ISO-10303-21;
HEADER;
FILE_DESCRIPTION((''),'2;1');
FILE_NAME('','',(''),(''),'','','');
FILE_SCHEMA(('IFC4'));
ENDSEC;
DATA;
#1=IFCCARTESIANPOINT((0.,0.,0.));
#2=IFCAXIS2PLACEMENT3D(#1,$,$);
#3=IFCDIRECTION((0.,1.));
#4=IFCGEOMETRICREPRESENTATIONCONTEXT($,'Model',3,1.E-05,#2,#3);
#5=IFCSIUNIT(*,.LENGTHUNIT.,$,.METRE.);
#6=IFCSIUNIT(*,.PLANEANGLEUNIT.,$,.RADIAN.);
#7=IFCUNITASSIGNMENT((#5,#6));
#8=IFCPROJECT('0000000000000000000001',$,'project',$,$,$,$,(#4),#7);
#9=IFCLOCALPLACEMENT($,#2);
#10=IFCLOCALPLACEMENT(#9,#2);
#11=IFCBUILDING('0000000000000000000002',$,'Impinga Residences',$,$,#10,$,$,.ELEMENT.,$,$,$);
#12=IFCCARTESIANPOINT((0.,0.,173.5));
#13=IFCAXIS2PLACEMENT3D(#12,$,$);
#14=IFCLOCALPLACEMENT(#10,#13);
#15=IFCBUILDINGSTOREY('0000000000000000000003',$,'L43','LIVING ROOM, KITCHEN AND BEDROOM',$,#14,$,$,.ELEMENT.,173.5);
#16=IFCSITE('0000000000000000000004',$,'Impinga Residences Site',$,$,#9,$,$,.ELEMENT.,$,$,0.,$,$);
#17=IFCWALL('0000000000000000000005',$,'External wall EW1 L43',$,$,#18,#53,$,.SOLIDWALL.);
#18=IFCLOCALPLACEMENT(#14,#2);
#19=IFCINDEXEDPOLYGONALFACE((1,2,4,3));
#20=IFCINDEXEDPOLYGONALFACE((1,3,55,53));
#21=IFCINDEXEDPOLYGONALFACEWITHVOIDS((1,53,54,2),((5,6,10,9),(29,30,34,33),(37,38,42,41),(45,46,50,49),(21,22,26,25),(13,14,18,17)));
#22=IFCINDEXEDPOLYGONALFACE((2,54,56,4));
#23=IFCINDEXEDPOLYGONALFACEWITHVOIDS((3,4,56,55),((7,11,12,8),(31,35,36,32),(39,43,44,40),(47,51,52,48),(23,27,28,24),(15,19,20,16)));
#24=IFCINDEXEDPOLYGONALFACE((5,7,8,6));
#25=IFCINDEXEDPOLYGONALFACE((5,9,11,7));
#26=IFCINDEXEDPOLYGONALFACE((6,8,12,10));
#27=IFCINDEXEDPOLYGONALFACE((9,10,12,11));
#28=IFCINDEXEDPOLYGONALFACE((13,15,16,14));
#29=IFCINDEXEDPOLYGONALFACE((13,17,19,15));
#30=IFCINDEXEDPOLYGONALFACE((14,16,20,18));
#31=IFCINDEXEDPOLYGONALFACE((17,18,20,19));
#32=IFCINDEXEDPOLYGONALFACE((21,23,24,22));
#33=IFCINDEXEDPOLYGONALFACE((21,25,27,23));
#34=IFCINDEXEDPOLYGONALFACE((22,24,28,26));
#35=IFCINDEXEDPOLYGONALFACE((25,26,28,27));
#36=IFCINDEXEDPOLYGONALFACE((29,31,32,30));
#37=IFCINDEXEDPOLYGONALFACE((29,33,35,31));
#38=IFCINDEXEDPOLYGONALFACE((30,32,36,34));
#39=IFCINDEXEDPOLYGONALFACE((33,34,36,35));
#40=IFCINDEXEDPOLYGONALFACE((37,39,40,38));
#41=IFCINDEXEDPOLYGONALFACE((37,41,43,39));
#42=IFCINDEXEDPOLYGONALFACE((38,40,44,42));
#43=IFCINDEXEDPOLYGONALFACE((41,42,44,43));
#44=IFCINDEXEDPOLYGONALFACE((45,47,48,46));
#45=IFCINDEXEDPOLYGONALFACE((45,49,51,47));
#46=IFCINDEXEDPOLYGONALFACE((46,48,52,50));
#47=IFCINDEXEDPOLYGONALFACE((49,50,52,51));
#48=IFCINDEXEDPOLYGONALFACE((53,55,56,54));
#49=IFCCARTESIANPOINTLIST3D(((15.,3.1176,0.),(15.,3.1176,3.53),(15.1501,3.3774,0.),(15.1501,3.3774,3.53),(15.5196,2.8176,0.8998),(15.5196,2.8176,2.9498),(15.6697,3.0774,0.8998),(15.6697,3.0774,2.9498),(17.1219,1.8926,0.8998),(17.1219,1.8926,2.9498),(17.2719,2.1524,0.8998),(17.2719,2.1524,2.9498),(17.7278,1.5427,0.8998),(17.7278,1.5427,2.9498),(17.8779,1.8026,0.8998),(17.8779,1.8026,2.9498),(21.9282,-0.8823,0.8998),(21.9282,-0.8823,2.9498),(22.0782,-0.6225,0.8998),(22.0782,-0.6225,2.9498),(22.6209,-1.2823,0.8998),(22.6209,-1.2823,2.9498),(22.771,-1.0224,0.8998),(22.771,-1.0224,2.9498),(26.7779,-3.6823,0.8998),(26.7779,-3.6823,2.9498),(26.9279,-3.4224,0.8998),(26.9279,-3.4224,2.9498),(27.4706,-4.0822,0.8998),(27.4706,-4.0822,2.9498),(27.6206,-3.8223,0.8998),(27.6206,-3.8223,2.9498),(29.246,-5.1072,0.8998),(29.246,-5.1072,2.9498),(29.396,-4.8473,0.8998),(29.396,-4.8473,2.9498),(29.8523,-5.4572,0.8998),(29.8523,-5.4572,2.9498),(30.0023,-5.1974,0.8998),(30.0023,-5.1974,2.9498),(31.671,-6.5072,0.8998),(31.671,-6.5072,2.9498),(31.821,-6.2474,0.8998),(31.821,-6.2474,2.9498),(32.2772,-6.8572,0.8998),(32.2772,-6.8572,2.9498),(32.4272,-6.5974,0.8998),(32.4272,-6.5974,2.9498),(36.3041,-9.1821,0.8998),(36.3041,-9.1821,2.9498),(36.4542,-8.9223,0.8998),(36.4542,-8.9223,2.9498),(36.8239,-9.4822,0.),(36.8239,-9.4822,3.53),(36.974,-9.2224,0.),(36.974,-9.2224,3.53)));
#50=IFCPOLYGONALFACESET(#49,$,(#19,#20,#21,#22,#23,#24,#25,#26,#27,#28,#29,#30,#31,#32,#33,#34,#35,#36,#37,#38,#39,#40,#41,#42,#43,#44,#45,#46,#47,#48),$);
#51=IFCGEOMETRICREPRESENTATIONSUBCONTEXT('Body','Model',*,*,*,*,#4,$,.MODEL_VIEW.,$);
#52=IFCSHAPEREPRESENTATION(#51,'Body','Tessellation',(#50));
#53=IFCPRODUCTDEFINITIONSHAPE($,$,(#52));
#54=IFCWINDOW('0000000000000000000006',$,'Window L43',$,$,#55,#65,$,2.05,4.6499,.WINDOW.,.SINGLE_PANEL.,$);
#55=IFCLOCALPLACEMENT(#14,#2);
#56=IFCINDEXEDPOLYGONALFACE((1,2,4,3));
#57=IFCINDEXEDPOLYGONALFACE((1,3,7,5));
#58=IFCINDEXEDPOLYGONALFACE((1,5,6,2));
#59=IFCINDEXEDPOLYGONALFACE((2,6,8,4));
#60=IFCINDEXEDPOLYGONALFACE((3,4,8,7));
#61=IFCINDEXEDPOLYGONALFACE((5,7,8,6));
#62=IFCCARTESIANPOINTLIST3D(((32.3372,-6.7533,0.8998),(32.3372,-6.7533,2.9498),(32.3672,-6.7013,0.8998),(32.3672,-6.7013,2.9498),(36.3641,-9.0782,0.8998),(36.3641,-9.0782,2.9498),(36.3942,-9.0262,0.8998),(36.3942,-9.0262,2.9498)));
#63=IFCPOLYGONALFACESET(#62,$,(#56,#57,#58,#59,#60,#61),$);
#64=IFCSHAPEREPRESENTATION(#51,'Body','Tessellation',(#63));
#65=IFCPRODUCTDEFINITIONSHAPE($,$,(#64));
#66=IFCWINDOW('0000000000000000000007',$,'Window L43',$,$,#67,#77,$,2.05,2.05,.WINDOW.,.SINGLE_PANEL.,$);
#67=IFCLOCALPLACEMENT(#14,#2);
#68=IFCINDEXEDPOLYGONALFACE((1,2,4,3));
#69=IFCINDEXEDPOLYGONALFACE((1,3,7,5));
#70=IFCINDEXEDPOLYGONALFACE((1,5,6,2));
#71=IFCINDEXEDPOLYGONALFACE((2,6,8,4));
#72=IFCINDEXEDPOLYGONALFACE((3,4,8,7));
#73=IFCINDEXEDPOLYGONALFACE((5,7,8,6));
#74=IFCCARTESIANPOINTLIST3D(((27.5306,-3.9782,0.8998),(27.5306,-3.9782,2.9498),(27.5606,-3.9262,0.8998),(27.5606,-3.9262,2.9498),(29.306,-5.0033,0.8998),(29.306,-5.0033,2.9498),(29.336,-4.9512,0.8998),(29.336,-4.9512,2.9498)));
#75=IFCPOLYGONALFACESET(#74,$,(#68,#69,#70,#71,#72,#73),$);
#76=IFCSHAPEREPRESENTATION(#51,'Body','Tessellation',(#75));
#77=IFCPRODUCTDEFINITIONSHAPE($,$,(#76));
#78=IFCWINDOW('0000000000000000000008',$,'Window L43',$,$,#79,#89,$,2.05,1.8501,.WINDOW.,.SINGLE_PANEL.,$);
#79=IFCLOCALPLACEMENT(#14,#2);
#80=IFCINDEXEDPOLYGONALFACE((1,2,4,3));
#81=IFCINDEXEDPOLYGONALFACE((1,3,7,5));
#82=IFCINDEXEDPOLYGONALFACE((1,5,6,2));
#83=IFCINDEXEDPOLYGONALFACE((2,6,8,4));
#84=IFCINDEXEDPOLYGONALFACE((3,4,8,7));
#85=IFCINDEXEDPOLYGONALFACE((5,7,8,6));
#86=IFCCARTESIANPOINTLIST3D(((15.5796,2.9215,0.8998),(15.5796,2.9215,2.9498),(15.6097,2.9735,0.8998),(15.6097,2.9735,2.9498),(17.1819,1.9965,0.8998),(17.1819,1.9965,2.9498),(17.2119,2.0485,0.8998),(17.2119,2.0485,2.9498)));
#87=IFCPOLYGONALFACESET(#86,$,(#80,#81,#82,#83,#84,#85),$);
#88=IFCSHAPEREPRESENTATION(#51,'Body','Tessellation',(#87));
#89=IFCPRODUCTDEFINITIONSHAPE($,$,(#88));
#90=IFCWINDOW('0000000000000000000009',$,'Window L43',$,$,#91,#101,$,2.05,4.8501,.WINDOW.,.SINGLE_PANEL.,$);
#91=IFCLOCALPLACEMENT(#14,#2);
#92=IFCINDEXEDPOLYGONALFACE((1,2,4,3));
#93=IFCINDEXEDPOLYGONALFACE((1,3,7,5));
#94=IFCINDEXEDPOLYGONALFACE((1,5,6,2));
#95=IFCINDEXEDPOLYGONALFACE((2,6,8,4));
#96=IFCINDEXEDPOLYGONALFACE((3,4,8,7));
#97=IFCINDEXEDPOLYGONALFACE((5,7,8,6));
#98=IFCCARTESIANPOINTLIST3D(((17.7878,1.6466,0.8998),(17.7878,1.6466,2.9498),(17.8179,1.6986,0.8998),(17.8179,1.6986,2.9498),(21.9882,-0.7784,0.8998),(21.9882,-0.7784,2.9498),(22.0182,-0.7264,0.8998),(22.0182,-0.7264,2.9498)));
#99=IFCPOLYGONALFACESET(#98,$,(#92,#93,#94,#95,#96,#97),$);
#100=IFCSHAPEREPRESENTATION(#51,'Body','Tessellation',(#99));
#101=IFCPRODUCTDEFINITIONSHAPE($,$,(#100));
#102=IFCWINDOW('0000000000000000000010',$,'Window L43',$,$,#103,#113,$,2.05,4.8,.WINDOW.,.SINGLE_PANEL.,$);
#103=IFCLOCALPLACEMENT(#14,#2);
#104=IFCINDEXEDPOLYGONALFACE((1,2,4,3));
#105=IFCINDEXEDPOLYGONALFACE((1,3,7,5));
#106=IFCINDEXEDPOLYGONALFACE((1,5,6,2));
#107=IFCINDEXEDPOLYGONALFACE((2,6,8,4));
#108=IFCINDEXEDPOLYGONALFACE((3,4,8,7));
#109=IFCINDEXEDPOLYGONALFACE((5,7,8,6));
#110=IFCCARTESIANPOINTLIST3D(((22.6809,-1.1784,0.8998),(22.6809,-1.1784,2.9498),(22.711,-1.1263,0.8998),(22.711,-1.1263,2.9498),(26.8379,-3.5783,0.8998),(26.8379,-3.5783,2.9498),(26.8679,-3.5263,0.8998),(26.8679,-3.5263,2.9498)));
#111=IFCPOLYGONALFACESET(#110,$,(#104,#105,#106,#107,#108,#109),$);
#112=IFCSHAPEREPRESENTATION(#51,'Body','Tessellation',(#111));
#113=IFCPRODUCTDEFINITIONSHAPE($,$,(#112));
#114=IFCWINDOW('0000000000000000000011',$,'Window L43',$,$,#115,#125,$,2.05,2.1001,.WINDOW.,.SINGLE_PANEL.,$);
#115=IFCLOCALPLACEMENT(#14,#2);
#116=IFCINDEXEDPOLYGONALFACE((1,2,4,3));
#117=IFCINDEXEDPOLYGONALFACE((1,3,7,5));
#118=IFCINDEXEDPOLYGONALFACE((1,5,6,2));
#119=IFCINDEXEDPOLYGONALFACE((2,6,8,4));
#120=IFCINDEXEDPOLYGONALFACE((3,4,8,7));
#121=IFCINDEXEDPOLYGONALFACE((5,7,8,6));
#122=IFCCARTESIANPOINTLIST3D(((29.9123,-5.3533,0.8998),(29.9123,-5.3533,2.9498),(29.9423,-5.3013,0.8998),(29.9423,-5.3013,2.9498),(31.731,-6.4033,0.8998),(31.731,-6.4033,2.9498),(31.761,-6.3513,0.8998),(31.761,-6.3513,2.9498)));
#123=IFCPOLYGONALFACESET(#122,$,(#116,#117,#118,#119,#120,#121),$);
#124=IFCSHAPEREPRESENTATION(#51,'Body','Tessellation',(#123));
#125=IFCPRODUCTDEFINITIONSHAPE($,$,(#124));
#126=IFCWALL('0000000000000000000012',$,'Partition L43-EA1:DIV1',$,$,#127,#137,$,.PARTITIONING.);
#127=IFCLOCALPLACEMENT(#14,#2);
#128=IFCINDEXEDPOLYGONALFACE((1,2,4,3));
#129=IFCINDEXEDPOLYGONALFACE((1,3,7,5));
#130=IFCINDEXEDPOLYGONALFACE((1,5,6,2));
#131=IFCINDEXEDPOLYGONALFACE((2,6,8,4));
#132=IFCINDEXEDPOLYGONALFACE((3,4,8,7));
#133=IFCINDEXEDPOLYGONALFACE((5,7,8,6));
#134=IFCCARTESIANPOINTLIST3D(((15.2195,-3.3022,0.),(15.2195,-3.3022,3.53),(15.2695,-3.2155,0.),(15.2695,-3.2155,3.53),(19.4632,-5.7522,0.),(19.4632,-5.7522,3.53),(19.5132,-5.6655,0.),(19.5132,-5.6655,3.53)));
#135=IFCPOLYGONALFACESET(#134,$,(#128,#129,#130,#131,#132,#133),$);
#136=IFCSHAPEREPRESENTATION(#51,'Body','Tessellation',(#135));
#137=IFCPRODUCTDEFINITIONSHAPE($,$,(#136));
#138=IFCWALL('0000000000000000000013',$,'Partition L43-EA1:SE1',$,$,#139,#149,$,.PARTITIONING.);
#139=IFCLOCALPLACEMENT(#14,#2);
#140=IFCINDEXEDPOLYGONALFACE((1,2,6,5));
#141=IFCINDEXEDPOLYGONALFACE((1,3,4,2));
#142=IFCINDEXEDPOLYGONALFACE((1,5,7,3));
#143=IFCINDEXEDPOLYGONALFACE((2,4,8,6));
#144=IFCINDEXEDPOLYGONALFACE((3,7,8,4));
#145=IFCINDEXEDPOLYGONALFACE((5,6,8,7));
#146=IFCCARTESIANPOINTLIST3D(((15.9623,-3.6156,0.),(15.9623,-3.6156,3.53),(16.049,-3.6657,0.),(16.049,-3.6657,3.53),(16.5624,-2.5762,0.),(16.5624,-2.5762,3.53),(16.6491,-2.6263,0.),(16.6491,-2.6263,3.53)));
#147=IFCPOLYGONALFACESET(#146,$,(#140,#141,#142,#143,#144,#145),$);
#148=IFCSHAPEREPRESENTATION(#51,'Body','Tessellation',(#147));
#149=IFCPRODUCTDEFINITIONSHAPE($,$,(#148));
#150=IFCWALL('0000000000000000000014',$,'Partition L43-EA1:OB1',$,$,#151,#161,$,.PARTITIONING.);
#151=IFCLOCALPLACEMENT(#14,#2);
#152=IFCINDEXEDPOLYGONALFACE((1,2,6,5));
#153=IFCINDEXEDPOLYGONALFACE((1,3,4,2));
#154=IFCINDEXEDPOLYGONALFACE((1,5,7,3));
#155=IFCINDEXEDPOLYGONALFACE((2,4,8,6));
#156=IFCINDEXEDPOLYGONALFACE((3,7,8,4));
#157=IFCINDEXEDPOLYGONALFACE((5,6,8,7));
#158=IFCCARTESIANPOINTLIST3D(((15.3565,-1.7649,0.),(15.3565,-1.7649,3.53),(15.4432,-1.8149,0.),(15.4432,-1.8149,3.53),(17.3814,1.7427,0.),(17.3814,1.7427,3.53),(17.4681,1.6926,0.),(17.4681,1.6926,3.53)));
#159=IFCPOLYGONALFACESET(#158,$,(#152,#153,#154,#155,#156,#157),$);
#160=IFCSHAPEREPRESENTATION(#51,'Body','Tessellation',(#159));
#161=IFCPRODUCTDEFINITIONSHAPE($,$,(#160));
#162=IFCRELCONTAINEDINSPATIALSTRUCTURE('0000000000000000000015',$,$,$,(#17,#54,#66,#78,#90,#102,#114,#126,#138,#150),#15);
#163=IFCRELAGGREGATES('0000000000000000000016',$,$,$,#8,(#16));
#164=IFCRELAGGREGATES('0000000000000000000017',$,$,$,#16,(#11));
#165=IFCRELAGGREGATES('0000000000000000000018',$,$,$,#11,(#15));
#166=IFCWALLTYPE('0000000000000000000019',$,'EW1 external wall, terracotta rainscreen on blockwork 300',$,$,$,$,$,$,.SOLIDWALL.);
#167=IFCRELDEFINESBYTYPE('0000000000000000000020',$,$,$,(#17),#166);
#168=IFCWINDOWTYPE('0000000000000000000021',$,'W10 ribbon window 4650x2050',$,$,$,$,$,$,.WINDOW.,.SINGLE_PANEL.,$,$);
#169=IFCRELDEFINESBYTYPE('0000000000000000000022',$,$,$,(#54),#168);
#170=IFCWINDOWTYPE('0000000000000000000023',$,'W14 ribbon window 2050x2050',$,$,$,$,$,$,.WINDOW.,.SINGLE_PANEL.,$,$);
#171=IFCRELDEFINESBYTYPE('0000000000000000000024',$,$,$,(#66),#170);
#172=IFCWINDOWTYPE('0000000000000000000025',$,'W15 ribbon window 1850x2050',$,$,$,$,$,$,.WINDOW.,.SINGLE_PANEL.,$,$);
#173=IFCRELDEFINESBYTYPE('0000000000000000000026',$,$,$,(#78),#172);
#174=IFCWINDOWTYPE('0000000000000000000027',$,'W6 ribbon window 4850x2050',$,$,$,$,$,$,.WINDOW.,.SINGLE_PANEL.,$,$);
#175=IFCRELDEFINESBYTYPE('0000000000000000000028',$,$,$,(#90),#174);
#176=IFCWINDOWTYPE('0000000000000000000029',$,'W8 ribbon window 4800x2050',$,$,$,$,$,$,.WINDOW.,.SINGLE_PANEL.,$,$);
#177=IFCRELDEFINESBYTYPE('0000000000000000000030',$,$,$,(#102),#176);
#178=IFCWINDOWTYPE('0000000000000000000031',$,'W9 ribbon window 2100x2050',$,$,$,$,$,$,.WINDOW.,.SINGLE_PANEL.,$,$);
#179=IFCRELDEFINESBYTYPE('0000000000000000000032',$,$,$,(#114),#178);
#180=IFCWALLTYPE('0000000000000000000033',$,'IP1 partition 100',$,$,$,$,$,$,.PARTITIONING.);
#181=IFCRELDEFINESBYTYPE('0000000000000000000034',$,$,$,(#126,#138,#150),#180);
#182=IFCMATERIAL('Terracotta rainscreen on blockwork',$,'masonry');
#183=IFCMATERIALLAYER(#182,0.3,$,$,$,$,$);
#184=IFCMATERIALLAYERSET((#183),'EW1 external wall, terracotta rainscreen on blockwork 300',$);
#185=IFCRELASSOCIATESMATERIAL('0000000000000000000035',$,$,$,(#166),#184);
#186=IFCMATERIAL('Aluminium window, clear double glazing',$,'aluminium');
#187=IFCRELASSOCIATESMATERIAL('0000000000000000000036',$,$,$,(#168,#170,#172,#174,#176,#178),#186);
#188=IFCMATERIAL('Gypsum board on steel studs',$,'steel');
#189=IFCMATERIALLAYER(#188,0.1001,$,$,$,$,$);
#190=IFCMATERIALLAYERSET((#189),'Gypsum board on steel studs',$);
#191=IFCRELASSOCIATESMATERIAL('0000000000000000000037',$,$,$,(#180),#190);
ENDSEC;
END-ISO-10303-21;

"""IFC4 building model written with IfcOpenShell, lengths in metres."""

from ifc_helpers import new_model, si_unit, direction, frame, frame_2d, origin, place, context, subcontext, project, spatial, rectangle, extrude, material, layer, layer_set, type_object, element, fill, save


model = new_model("IFC4")

# Units and contexts
model_context = context("Model", 3, precision=1e-05, world=origin(), true_north=direction((0.0, 1.0)))
body_context = subcontext(model_context, "Body", "Model", "MODEL_VIEW")
ifc_project = project(units=[si_unit("LENGTHUNIT", "METRE"), si_unit("PLANEANGLEUNIT", "RADIAN")], contexts=[model_context])

# Site, building, storey
site_placement = place(None, origin())
site = spatial("IfcSite", under=ifc_project, at=site_placement, Name="Impinga Residences Site", CompositionType="ELEMENT", RefElevation=0.0)
building_placement = place(site_placement, origin())
building = spatial("IfcBuilding", under=site, at=building_placement, Name="Impinga Residences", CompositionType="ELEMENT")
storey_placement = place(building_placement, frame((0.0, 0.0, 173.5)))
storey = spatial("IfcBuildingStorey", under=building, at=storey_placement, Name="L43", Description="LIVING ROOM, KITCHEN AND BEDROOM", CompositionType="ELEMENT", Elevation=173.5)

# Shared definitions
ifc_material_1 = material(Name="Terracotta rainscreen on blockwork", Category="masonry")
ifc_layer_1 = layer(ifc_material_1, 0.3)
ifc_layer_set_1 = layer_set([ifc_layer_1], Name="EW1 external wall, terracotta rainscreen on blockwork 300")
wall_type_1 = type_object("IfcWallType", Name="EW1 external wall, terracotta rainscreen on blockwork 300", PredefinedType="SOLIDWALL", material=ifc_layer_set_1)

# Wall, openings, windows
wall_1_placement = place(storey_placement, frame((15.075, 3.2476, 0.0), z_axis=(0.0, 0.0, 1.0), x_axis=(0.866029, -0.499993, 0.0)))
wall_1 = element("IfcWall", 1, at=wall_1_placement, inside=storey, type_object=wall_type_1, Name="External wall EW1 L43", PredefinedType="SOLIDWALL", context=body_context, shape_type="SweptSolid", body=[
    extrude(rectangle(XDim=25.2, YDim=0.3, at=frame_2d((12.6001, 0.0))), origin(), (0.0, 0.0, 1.0), 3.53),
])
opening_1_placement = place(wall_1_placement, frame((0.6001, 0.0, 0.8999)))
opening_1 = element("IfcOpeningElement", 2, at=opening_1_placement, cuts=wall_1, PredefinedType="OPENING", context=body_context, shape_type="SweptSolid", body=[
    extrude(rectangle(XDim=1.8501, YDim=2.05, at=frame_2d((0.925, 1.0249))), frame((0.0, 0.1599, 0.0), z_axis=(0.0, -1.0, 0.0), x_axis=(1.0, 0.0, 0.0)), (0.0, 0.0, 1.0), 0.3201),
])
opening_2_placement = place(wall_1_placement, frame((3.1499, 0.0, 0.8999)))
opening_2 = element("IfcOpeningElement", 3, at=opening_2_placement, cuts=wall_1, PredefinedType="OPENING", context=body_context, shape_type="SweptSolid", body=[
    extrude(rectangle(XDim=4.8501, YDim=2.05, at=frame_2d((2.425, 1.0249))), frame((0.0, 0.1599, 0.0), z_axis=(0.0, -1.0, 0.0), x_axis=(1.0, 0.0, 0.0)), (0.0, 0.0, 1.0), 0.3201),
])
opening_3_placement = place(wall_1_placement, frame((8.8, 0.0, 0.8999)))
opening_3 = element("IfcOpeningElement", 4, at=opening_3_placement, cuts=wall_1, PredefinedType="OPENING", context=body_context, shape_type="SweptSolid", body=[
    extrude(rectangle(XDim=4.8, YDim=2.05, at=frame_2d((2.3999, 1.0249))), frame((0.0, 0.1599, 0.0), z_axis=(0.0, -1.0, 0.0), x_axis=(1.0, 0.0, 0.0)), (0.0, 0.0, 1.0), 0.3201),
])
opening_4_placement = place(wall_1_placement, frame((14.3999, 0.0, 0.8999)))
opening_4 = element("IfcOpeningElement", 5, at=opening_4_placement, cuts=wall_1, PredefinedType="OPENING", context=body_context, shape_type="SweptSolid", body=[
    extrude(rectangle(XDim=2.05, YDim=2.05, at=frame_2d((1.0249, 1.0249))), frame((0.0, 0.1599, 0.0), z_axis=(0.0, -1.0, 0.0), x_axis=(1.0, 0.0, 0.0)), (0.0, 0.0, 1.0), 0.3201),
])
opening_5_placement = place(wall_1_placement, frame((17.1499, 0.0, 0.8999)))
opening_5 = element("IfcOpeningElement", 6, at=opening_5_placement, cuts=wall_1, PredefinedType="OPENING", context=body_context, shape_type="SweptSolid", body=[
    extrude(rectangle(XDim=2.1001, YDim=2.05, at=frame_2d((1.05, 1.0249))), frame((0.0, 0.1599, 0.0), z_axis=(0.0, -1.0, 0.0), x_axis=(1.0, 0.0, 0.0)), (0.0, 0.0, 1.0), 0.3201),
])
opening_6_placement = place(wall_1_placement, frame((19.95, 0.0, 0.8999)))
opening_6 = element("IfcOpeningElement", 7, at=opening_6_placement, cuts=wall_1, PredefinedType="OPENING", context=body_context, shape_type="SweptSolid", body=[
    extrude(rectangle(XDim=4.6499, YDim=2.05, at=frame_2d((2.325, 1.0249))), frame((0.0, 0.1599, 0.0), z_axis=(0.0, -1.0, 0.0), x_axis=(1.0, 0.0, 0.0)), (0.0, 0.0, 1.0), 0.3201),
])
ifc_material_2 = material(Name="Aluminium window, clear double glazing", Category="aluminium")
window_type_1 = type_object("IfcWindowType", Name="W10 ribbon window 4650x2050", PartitioningType="SINGLE_PANEL", PredefinedType="WINDOW", material=ifc_material_2)
window_1_placement = place(opening_6_placement, origin())
window_1 = element("IfcWindow", 8, at=window_1_placement, inside=storey, type_object=window_type_1, Name="Window L43", OverallHeight=2.05, OverallWidth=4.6499, PartitioningType="SINGLE_PANEL", PredefinedType="WINDOW", context=body_context, shape_type="SweptSolid", body=[
    extrude(rectangle(XDim=4.6499, YDim=2.05, at=frame_2d((2.325, 1.0249))), frame((0.0, 0.03, 0.0), z_axis=(0.0, -1.0, 0.0), x_axis=(1.0, 0.0, 0.0)), (0.0, 0.0, 1.0), 0.0601),
])
fill(opening_6, window_1)
window_type_2 = type_object("IfcWindowType", Name="W14 ribbon window 2050x2050", PartitioningType="SINGLE_PANEL", PredefinedType="WINDOW", material=ifc_material_2)
window_2_placement = place(opening_4_placement, origin())
window_2 = element("IfcWindow", 9, at=window_2_placement, inside=storey, type_object=window_type_2, Name="Window L43", OverallHeight=2.05, OverallWidth=2.05, PartitioningType="SINGLE_PANEL", PredefinedType="WINDOW", context=body_context, shape_type="SweptSolid", body=[
    extrude(rectangle(XDim=2.05, YDim=2.05, at=frame_2d((1.0249, 1.0249))), frame((0.0, 0.03, 0.0), z_axis=(0.0, -1.0, 0.0), x_axis=(1.0, 0.0, 0.0)), (0.0, 0.0, 1.0), 0.0601),
])
fill(opening_4, window_2)
window_type_3 = type_object("IfcWindowType", Name="W15 ribbon window 1850x2050", PartitioningType="SINGLE_PANEL", PredefinedType="WINDOW", material=ifc_material_2)
window_3_placement = place(opening_1_placement, origin())
window_3 = element("IfcWindow", 10, at=window_3_placement, inside=storey, type_object=window_type_3, Name="Window L43", OverallHeight=2.05, OverallWidth=1.8501, PartitioningType="SINGLE_PANEL", PredefinedType="WINDOW", context=body_context, shape_type="SweptSolid", body=[
    extrude(rectangle(XDim=1.8501, YDim=2.05, at=frame_2d((0.925, 1.0249))), frame((0.0, 0.03, 0.0), z_axis=(0.0, -1.0, 0.0), x_axis=(1.0, 0.0, 0.0)), (0.0, 0.0, 1.0), 0.0601),
])
fill(opening_1, window_3)
window_type_4 = type_object("IfcWindowType", Name="W6 ribbon window 4850x2050", PartitioningType="SINGLE_PANEL", PredefinedType="WINDOW", material=ifc_material_2)
window_4_placement = place(opening_2_placement, origin())
window_4 = element("IfcWindow", 11, at=window_4_placement, inside=storey, type_object=window_type_4, Name="Window L43", OverallHeight=2.05, OverallWidth=4.8501, PartitioningType="SINGLE_PANEL", PredefinedType="WINDOW", context=body_context, shape_type="SweptSolid", body=[
    extrude(rectangle(XDim=4.8501, YDim=2.05, at=frame_2d((2.425, 1.0249))), frame((0.0, 0.03, 0.0), z_axis=(0.0, -1.0, 0.0), x_axis=(1.0, 0.0, 0.0)), (0.0, 0.0, 1.0), 0.0601),
])
fill(opening_2, window_4)
window_type_5 = type_object("IfcWindowType", Name="W8 ribbon window 4800x2050", PartitioningType="SINGLE_PANEL", PredefinedType="WINDOW", material=ifc_material_2)
window_5_placement = place(opening_3_placement, origin())
window_5 = element("IfcWindow", 12, at=window_5_placement, inside=storey, type_object=window_type_5, Name="Window L43", OverallHeight=2.05, OverallWidth=4.8, PartitioningType="SINGLE_PANEL", PredefinedType="WINDOW", context=body_context, shape_type="SweptSolid", body=[
    extrude(rectangle(XDim=4.8, YDim=2.05, at=frame_2d((2.3999, 1.0249))), frame((0.0, 0.03, 0.0), z_axis=(0.0, -1.0, 0.0), x_axis=(1.0, 0.0, 0.0)), (0.0, 0.0, 1.0), 0.0601),
])
fill(opening_3, window_5)
window_type_6 = type_object("IfcWindowType", Name="W9 ribbon window 2100x2050", PartitioningType="SINGLE_PANEL", PredefinedType="WINDOW", material=ifc_material_2)
window_6_placement = place(opening_5_placement, origin())
window_6 = element("IfcWindow", 13, at=window_6_placement, inside=storey, type_object=window_type_6, Name="Window L43", OverallHeight=2.05, OverallWidth=2.1001, PartitioningType="SINGLE_PANEL", PredefinedType="WINDOW", context=body_context, shape_type="SweptSolid", body=[
    extrude(rectangle(XDim=2.1001, YDim=2.05, at=frame_2d((1.05, 1.0249))), frame((0.0, 0.03, 0.0), z_axis=(0.0, -1.0, 0.0), x_axis=(1.0, 0.0, 0.0)), (0.0, 0.0, 1.0), 0.0601),
])
fill(opening_5, window_6)

# Walls
ifc_material_3 = material(Name="Gypsum board on steel studs", Category="steel")
ifc_layer_2 = layer(ifc_material_3, 0.1001)
ifc_layer_set_2 = layer_set([ifc_layer_2], Name="Gypsum board on steel studs")
wall_type_2 = type_object("IfcWallType", Name="IP1 partition 100", PredefinedType="PARTITIONING", material=ifc_layer_set_2)
wall_2_placement = place(storey_placement, frame((15.2444, -3.2588, 0.0), z_axis=(0.0, 0.0, 1.0), x_axis=(0.866036, -0.499981, 0.0)))
element("IfcWall", 14, at=wall_2_placement, inside=storey, type_object=wall_type_2, Name="Partition L43-EA1:DIV1", PredefinedType="PARTITIONING", context=body_context, shape_type="SweptSolid", body=[
    extrude(rectangle(XDim=4.9001, YDim=0.1001, at=frame_2d((2.4502, 0.0))), origin(), (0.0, 0.0, 1.0), 3.53),
])
wall_3_placement = place(storey_placement, frame((16.0056, -3.6406, 0.0), z_axis=(0.0, 0.0, 1.0), x_axis=(0.500034, 0.866006, 0.0)))
element("IfcWall", 15, at=wall_3_placement, inside=storey, type_object=wall_type_2, Name="Partition L43-EA1:SE1", PredefinedType="PARTITIONING", context=body_context, shape_type="SweptSolid", body=[
    extrude(rectangle(XDim=1.2002, YDim=0.1001, at=frame_2d((0.6001, 0.0))), origin(), (0.0, 0.0, 1.0), 3.53),
])
wall_4_placement = place(storey_placement, frame((15.3999, -1.7898, 0.0), z_axis=(0.0, 0.0, 1.0), x_axis=(0.499964, 0.866046, 0.0)))
element("IfcWall", 16, at=wall_4_placement, inside=storey, type_object=wall_type_2, Name="Partition L43-EA1:OB1", PredefinedType="PARTITIONING", context=body_context, shape_type="SweptSolid", body=[
    extrude(rectangle(XDim=4.05, YDim=0.1001, at=frame_2d((2.0249, 0.0))), origin(), (0.0, 0.0, 1.0), 3.53),
])

save(model, "model.ifc")
